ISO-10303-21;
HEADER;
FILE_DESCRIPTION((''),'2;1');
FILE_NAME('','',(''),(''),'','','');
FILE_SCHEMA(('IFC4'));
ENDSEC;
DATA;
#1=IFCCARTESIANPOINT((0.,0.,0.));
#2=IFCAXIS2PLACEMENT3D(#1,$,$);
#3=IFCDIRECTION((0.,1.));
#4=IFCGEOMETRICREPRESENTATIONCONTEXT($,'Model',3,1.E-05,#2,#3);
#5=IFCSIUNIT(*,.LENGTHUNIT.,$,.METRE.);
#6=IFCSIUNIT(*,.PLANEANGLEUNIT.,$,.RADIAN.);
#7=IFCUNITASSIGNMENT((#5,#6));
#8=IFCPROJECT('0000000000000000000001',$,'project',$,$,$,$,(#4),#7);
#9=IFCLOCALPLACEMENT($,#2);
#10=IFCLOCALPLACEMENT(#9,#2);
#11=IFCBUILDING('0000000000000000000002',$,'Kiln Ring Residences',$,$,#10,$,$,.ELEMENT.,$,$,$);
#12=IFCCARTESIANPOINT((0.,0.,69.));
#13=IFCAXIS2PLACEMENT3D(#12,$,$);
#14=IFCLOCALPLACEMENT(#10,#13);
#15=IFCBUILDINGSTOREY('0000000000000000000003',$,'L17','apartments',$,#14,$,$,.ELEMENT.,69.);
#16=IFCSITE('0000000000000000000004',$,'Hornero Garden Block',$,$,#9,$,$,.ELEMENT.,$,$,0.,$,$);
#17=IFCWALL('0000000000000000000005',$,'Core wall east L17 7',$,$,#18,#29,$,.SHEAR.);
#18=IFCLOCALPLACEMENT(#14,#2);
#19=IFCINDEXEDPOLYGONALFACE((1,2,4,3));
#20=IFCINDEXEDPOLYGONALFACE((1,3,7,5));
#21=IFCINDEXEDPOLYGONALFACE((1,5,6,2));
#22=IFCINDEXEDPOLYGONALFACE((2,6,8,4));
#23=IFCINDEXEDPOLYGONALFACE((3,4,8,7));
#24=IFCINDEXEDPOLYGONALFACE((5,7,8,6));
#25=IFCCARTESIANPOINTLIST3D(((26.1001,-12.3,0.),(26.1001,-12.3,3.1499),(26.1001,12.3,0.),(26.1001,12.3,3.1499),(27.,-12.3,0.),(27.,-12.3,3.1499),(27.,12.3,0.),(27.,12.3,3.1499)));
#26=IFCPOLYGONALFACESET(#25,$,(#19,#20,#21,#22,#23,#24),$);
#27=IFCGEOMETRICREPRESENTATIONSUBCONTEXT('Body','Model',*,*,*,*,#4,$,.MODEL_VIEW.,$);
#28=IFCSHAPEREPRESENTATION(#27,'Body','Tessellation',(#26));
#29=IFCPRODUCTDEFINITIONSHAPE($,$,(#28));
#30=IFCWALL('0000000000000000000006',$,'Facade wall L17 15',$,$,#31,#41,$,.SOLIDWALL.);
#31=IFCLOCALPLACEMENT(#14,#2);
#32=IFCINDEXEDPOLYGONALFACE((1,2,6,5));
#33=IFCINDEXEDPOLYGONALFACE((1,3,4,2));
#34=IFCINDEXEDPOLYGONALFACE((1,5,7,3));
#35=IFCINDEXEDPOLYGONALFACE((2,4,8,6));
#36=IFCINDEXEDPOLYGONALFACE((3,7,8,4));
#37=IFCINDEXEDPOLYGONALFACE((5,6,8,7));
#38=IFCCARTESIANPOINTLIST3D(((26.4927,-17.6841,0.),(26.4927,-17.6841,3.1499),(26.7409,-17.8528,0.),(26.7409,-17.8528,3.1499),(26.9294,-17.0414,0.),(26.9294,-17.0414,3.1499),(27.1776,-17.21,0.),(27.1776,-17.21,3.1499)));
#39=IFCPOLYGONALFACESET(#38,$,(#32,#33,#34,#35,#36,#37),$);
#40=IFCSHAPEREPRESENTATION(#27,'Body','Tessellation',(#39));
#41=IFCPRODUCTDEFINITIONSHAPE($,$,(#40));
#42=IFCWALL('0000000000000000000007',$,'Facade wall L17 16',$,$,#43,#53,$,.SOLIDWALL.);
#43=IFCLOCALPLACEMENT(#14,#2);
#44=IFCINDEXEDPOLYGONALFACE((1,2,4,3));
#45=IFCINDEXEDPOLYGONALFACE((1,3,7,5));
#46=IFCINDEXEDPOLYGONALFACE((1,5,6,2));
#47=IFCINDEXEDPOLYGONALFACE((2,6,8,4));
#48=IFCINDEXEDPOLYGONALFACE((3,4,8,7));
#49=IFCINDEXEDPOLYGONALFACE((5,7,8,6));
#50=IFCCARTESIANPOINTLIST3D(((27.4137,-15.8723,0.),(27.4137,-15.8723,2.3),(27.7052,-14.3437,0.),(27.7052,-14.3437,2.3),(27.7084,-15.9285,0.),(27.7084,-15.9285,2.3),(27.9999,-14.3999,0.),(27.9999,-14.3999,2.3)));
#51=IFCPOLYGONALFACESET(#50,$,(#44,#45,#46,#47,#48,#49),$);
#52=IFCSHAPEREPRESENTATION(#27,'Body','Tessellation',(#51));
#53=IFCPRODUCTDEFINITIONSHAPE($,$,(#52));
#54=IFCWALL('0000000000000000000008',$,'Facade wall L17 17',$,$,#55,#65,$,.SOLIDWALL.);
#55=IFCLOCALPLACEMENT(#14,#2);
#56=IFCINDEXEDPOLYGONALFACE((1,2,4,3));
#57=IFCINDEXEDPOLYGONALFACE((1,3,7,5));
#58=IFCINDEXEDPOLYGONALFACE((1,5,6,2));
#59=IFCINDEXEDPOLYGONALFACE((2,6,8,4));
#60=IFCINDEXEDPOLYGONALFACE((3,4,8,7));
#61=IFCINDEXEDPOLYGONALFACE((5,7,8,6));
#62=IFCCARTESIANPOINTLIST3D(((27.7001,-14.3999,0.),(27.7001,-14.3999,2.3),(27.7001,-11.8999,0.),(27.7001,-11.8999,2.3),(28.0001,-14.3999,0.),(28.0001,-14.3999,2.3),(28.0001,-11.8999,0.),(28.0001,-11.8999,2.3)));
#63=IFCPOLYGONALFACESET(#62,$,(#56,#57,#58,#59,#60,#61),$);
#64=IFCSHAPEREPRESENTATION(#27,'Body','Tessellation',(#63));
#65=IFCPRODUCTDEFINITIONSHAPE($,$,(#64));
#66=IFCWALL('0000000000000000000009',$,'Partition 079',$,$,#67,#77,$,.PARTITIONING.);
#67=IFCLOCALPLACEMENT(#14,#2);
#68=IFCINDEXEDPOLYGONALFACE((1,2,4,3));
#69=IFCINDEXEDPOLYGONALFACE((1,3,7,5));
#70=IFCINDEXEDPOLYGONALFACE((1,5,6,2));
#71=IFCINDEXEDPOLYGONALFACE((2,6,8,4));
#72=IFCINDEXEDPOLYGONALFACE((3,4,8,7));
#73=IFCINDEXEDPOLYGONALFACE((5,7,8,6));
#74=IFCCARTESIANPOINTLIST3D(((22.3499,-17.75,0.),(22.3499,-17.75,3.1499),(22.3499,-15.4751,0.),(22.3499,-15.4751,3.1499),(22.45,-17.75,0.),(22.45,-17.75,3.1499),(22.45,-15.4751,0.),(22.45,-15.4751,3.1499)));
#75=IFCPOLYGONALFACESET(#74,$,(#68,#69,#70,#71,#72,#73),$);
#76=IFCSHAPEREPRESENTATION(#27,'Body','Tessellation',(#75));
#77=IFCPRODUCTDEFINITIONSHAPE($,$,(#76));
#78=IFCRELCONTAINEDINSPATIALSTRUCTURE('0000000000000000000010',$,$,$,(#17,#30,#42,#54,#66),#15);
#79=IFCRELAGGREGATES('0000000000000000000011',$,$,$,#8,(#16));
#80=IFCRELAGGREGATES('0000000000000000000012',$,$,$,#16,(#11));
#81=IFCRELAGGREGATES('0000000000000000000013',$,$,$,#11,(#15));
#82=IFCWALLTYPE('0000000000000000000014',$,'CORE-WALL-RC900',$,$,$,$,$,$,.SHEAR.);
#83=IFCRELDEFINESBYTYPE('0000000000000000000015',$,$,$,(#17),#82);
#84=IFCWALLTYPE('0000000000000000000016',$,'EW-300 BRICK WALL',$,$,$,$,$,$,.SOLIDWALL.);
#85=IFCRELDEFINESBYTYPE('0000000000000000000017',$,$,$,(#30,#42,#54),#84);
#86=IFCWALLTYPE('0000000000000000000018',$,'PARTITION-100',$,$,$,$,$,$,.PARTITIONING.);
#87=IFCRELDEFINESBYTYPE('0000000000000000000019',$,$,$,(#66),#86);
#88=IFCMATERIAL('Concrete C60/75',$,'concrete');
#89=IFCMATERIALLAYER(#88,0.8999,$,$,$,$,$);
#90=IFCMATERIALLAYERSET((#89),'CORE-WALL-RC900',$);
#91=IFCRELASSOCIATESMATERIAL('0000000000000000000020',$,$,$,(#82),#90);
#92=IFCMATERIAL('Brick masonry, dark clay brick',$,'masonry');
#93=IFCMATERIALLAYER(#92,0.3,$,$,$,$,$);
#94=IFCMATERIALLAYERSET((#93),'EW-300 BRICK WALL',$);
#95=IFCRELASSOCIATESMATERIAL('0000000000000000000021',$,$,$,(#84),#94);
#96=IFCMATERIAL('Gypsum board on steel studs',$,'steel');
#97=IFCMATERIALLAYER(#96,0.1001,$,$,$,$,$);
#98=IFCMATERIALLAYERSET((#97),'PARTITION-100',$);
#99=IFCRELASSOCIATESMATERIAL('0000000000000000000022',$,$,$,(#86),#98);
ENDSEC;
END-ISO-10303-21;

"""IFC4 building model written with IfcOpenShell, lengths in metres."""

from ifc_helpers import new_model, si_unit, direction, frame, frame_2d, origin, place, context, subcontext, project, spatial, rectangle, extrude, material, layer, layer_set, type_object, element, save


model = new_model("IFC4")

# Units and contexts
model_context = context("Model", 3, precision=1e-05, world=origin(), true_north=direction((0.0, 1.0)))
body_context = subcontext(model_context, "Body", "Model", "MODEL_VIEW")
ifc_project = project(units=[si_unit("LENGTHUNIT", "METRE"), si_unit("PLANEANGLEUNIT", "RADIAN")], contexts=[model_context])

# Site, building, storey
site_placement = place(None, origin())
site = spatial("IfcSite", under=ifc_project, at=site_placement, Name="Hornero Garden Block", CompositionType="ELEMENT", RefElevation=0.0)
building_placement = place(site_placement, origin())
building = spatial("IfcBuilding", under=site, at=building_placement, Name="Kiln Ring Residences", CompositionType="ELEMENT")
storey_placement = place(building_placement, frame((0.0, 0.0, 69.0)))
storey = spatial("IfcBuildingStorey", under=building, at=storey_placement, Name="L17", Description="apartments", CompositionType="ELEMENT", Elevation=69.0)

# Walls
ifc_material_1 = material(Name="Concrete C60/75", Category="concrete")
ifc_layer_1 = layer(ifc_material_1, 0.8999)
ifc_layer_set_1 = layer_set([ifc_layer_1], Name="CORE-WALL-RC900")
wall_type_1 = type_object("IfcWallType", Name="CORE-WALL-RC900", PredefinedType="SHEAR", material=ifc_layer_set_1)
wall_1_placement = place(storey_placement, frame((26.55, -12.3, 0.0), z_axis=(0.0, 0.0, 1.0), x_axis=(0.0, 1.0, 0.0)))
element("IfcWall", 1, at=wall_1_placement, inside=storey, type_object=wall_type_1, Name="Core wall east L17 7", PredefinedType="SHEAR", context=body_context, shape_type="SweptSolid", body=[
    extrude(rectangle(XDim=24.6001, YDim=0.8999, at=frame_2d((12.3, 0.0))), origin(), (0.0, 0.0, 1.0), 3.1499),
])
ifc_material_2 = material(Name="Brick masonry, dark clay brick", Category="masonry")
ifc_layer_2 = layer(ifc_material_2, 0.3)
ifc_layer_set_2 = layer_set([ifc_layer_2], Name="EW-300 BRICK WALL")
wall_type_2 = type_object("IfcWallType", Name="EW-300 BRICK WALL", PredefinedType="SOLIDWALL", material=ifc_layer_set_2)
wall_2_placement = place(storey_placement, frame((26.6167, -17.7686, 0.0), z_axis=(0.0, 0.0, 1.0), x_axis=(0.562001, 0.827137, 0.0)))
element("IfcWall", 2, at=wall_2_placement, inside=storey, type_object=wall_type_2, Name="Facade wall L17 15", PredefinedType="SOLIDWALL", context=body_context, shape_type="SweptSolid", body=[
    extrude(rectangle(XDim=0.7771, YDim=0.3, at=frame_2d((0.3887, 0.0))), origin(), (0.0, 0.0, 1.0), 3.1499),
])
wall_3_placement = place(storey_placement, frame((27.561, -15.9004, 0.0), z_axis=(0.0, 0.0, 1.0), x_axis=(0.187328, 0.982297, 0.0)))
element("IfcWall", 3, at=wall_3_placement, inside=storey, type_object=wall_type_2, Name="Facade wall L17 16", PredefinedType="SOLIDWALL", context=body_context, shape_type="SweptSolid", body=[
    extrude(rectangle(XDim=1.5562, YDim=0.3, at=frame_2d((0.7781, 0.0))), origin(), (0.0, 0.0, 1.0), 2.3),
])
wall_4_placement = place(storey_placement, frame((27.8501, -14.3999, 0.0), z_axis=(0.0, 0.0, 1.0), x_axis=(0.0, 1.0, 0.0)))
element("IfcWall", 4, at=wall_4_placement, inside=storey, type_object=wall_type_2, Name="Facade wall L17 17", PredefinedType="SOLIDWALL", context=body_context, shape_type="SweptSolid", body=[
    extrude(rectangle(XDim=2.5, YDim=0.3, at=frame_2d((1.25, 0.0))), origin(), (0.0, 0.0, 1.0), 2.3),
])
ifc_material_3 = material(Name="Gypsum board on steel studs", Category="steel")
ifc_layer_3 = layer(ifc_material_3, 0.1001)
ifc_layer_set_3 = layer_set([ifc_layer_3], Name="PARTITION-100")
wall_type_3 = type_object("IfcWallType", Name="PARTITION-100", PredefinedType="PARTITIONING", material=ifc_layer_set_3)
wall_5_placement = place(storey_placement, frame((22.3999, -17.75, 0.0), z_axis=(0.0, 0.0, 1.0), x_axis=(0.0, 1.0, 0.0)))
element("IfcWall", 5, at=wall_5_placement, inside=storey, type_object=wall_type_3, Name="Partition 079", PredefinedType="PARTITIONING", context=body_context, shape_type="SweptSolid", body=[
    extrude(rectangle(XDim=2.2749, YDim=0.1001, at=frame_2d((1.1375, 0.0))), origin(), (0.0, 0.0, 1.0), 3.1499),
])

save(model, "model.ifc")
